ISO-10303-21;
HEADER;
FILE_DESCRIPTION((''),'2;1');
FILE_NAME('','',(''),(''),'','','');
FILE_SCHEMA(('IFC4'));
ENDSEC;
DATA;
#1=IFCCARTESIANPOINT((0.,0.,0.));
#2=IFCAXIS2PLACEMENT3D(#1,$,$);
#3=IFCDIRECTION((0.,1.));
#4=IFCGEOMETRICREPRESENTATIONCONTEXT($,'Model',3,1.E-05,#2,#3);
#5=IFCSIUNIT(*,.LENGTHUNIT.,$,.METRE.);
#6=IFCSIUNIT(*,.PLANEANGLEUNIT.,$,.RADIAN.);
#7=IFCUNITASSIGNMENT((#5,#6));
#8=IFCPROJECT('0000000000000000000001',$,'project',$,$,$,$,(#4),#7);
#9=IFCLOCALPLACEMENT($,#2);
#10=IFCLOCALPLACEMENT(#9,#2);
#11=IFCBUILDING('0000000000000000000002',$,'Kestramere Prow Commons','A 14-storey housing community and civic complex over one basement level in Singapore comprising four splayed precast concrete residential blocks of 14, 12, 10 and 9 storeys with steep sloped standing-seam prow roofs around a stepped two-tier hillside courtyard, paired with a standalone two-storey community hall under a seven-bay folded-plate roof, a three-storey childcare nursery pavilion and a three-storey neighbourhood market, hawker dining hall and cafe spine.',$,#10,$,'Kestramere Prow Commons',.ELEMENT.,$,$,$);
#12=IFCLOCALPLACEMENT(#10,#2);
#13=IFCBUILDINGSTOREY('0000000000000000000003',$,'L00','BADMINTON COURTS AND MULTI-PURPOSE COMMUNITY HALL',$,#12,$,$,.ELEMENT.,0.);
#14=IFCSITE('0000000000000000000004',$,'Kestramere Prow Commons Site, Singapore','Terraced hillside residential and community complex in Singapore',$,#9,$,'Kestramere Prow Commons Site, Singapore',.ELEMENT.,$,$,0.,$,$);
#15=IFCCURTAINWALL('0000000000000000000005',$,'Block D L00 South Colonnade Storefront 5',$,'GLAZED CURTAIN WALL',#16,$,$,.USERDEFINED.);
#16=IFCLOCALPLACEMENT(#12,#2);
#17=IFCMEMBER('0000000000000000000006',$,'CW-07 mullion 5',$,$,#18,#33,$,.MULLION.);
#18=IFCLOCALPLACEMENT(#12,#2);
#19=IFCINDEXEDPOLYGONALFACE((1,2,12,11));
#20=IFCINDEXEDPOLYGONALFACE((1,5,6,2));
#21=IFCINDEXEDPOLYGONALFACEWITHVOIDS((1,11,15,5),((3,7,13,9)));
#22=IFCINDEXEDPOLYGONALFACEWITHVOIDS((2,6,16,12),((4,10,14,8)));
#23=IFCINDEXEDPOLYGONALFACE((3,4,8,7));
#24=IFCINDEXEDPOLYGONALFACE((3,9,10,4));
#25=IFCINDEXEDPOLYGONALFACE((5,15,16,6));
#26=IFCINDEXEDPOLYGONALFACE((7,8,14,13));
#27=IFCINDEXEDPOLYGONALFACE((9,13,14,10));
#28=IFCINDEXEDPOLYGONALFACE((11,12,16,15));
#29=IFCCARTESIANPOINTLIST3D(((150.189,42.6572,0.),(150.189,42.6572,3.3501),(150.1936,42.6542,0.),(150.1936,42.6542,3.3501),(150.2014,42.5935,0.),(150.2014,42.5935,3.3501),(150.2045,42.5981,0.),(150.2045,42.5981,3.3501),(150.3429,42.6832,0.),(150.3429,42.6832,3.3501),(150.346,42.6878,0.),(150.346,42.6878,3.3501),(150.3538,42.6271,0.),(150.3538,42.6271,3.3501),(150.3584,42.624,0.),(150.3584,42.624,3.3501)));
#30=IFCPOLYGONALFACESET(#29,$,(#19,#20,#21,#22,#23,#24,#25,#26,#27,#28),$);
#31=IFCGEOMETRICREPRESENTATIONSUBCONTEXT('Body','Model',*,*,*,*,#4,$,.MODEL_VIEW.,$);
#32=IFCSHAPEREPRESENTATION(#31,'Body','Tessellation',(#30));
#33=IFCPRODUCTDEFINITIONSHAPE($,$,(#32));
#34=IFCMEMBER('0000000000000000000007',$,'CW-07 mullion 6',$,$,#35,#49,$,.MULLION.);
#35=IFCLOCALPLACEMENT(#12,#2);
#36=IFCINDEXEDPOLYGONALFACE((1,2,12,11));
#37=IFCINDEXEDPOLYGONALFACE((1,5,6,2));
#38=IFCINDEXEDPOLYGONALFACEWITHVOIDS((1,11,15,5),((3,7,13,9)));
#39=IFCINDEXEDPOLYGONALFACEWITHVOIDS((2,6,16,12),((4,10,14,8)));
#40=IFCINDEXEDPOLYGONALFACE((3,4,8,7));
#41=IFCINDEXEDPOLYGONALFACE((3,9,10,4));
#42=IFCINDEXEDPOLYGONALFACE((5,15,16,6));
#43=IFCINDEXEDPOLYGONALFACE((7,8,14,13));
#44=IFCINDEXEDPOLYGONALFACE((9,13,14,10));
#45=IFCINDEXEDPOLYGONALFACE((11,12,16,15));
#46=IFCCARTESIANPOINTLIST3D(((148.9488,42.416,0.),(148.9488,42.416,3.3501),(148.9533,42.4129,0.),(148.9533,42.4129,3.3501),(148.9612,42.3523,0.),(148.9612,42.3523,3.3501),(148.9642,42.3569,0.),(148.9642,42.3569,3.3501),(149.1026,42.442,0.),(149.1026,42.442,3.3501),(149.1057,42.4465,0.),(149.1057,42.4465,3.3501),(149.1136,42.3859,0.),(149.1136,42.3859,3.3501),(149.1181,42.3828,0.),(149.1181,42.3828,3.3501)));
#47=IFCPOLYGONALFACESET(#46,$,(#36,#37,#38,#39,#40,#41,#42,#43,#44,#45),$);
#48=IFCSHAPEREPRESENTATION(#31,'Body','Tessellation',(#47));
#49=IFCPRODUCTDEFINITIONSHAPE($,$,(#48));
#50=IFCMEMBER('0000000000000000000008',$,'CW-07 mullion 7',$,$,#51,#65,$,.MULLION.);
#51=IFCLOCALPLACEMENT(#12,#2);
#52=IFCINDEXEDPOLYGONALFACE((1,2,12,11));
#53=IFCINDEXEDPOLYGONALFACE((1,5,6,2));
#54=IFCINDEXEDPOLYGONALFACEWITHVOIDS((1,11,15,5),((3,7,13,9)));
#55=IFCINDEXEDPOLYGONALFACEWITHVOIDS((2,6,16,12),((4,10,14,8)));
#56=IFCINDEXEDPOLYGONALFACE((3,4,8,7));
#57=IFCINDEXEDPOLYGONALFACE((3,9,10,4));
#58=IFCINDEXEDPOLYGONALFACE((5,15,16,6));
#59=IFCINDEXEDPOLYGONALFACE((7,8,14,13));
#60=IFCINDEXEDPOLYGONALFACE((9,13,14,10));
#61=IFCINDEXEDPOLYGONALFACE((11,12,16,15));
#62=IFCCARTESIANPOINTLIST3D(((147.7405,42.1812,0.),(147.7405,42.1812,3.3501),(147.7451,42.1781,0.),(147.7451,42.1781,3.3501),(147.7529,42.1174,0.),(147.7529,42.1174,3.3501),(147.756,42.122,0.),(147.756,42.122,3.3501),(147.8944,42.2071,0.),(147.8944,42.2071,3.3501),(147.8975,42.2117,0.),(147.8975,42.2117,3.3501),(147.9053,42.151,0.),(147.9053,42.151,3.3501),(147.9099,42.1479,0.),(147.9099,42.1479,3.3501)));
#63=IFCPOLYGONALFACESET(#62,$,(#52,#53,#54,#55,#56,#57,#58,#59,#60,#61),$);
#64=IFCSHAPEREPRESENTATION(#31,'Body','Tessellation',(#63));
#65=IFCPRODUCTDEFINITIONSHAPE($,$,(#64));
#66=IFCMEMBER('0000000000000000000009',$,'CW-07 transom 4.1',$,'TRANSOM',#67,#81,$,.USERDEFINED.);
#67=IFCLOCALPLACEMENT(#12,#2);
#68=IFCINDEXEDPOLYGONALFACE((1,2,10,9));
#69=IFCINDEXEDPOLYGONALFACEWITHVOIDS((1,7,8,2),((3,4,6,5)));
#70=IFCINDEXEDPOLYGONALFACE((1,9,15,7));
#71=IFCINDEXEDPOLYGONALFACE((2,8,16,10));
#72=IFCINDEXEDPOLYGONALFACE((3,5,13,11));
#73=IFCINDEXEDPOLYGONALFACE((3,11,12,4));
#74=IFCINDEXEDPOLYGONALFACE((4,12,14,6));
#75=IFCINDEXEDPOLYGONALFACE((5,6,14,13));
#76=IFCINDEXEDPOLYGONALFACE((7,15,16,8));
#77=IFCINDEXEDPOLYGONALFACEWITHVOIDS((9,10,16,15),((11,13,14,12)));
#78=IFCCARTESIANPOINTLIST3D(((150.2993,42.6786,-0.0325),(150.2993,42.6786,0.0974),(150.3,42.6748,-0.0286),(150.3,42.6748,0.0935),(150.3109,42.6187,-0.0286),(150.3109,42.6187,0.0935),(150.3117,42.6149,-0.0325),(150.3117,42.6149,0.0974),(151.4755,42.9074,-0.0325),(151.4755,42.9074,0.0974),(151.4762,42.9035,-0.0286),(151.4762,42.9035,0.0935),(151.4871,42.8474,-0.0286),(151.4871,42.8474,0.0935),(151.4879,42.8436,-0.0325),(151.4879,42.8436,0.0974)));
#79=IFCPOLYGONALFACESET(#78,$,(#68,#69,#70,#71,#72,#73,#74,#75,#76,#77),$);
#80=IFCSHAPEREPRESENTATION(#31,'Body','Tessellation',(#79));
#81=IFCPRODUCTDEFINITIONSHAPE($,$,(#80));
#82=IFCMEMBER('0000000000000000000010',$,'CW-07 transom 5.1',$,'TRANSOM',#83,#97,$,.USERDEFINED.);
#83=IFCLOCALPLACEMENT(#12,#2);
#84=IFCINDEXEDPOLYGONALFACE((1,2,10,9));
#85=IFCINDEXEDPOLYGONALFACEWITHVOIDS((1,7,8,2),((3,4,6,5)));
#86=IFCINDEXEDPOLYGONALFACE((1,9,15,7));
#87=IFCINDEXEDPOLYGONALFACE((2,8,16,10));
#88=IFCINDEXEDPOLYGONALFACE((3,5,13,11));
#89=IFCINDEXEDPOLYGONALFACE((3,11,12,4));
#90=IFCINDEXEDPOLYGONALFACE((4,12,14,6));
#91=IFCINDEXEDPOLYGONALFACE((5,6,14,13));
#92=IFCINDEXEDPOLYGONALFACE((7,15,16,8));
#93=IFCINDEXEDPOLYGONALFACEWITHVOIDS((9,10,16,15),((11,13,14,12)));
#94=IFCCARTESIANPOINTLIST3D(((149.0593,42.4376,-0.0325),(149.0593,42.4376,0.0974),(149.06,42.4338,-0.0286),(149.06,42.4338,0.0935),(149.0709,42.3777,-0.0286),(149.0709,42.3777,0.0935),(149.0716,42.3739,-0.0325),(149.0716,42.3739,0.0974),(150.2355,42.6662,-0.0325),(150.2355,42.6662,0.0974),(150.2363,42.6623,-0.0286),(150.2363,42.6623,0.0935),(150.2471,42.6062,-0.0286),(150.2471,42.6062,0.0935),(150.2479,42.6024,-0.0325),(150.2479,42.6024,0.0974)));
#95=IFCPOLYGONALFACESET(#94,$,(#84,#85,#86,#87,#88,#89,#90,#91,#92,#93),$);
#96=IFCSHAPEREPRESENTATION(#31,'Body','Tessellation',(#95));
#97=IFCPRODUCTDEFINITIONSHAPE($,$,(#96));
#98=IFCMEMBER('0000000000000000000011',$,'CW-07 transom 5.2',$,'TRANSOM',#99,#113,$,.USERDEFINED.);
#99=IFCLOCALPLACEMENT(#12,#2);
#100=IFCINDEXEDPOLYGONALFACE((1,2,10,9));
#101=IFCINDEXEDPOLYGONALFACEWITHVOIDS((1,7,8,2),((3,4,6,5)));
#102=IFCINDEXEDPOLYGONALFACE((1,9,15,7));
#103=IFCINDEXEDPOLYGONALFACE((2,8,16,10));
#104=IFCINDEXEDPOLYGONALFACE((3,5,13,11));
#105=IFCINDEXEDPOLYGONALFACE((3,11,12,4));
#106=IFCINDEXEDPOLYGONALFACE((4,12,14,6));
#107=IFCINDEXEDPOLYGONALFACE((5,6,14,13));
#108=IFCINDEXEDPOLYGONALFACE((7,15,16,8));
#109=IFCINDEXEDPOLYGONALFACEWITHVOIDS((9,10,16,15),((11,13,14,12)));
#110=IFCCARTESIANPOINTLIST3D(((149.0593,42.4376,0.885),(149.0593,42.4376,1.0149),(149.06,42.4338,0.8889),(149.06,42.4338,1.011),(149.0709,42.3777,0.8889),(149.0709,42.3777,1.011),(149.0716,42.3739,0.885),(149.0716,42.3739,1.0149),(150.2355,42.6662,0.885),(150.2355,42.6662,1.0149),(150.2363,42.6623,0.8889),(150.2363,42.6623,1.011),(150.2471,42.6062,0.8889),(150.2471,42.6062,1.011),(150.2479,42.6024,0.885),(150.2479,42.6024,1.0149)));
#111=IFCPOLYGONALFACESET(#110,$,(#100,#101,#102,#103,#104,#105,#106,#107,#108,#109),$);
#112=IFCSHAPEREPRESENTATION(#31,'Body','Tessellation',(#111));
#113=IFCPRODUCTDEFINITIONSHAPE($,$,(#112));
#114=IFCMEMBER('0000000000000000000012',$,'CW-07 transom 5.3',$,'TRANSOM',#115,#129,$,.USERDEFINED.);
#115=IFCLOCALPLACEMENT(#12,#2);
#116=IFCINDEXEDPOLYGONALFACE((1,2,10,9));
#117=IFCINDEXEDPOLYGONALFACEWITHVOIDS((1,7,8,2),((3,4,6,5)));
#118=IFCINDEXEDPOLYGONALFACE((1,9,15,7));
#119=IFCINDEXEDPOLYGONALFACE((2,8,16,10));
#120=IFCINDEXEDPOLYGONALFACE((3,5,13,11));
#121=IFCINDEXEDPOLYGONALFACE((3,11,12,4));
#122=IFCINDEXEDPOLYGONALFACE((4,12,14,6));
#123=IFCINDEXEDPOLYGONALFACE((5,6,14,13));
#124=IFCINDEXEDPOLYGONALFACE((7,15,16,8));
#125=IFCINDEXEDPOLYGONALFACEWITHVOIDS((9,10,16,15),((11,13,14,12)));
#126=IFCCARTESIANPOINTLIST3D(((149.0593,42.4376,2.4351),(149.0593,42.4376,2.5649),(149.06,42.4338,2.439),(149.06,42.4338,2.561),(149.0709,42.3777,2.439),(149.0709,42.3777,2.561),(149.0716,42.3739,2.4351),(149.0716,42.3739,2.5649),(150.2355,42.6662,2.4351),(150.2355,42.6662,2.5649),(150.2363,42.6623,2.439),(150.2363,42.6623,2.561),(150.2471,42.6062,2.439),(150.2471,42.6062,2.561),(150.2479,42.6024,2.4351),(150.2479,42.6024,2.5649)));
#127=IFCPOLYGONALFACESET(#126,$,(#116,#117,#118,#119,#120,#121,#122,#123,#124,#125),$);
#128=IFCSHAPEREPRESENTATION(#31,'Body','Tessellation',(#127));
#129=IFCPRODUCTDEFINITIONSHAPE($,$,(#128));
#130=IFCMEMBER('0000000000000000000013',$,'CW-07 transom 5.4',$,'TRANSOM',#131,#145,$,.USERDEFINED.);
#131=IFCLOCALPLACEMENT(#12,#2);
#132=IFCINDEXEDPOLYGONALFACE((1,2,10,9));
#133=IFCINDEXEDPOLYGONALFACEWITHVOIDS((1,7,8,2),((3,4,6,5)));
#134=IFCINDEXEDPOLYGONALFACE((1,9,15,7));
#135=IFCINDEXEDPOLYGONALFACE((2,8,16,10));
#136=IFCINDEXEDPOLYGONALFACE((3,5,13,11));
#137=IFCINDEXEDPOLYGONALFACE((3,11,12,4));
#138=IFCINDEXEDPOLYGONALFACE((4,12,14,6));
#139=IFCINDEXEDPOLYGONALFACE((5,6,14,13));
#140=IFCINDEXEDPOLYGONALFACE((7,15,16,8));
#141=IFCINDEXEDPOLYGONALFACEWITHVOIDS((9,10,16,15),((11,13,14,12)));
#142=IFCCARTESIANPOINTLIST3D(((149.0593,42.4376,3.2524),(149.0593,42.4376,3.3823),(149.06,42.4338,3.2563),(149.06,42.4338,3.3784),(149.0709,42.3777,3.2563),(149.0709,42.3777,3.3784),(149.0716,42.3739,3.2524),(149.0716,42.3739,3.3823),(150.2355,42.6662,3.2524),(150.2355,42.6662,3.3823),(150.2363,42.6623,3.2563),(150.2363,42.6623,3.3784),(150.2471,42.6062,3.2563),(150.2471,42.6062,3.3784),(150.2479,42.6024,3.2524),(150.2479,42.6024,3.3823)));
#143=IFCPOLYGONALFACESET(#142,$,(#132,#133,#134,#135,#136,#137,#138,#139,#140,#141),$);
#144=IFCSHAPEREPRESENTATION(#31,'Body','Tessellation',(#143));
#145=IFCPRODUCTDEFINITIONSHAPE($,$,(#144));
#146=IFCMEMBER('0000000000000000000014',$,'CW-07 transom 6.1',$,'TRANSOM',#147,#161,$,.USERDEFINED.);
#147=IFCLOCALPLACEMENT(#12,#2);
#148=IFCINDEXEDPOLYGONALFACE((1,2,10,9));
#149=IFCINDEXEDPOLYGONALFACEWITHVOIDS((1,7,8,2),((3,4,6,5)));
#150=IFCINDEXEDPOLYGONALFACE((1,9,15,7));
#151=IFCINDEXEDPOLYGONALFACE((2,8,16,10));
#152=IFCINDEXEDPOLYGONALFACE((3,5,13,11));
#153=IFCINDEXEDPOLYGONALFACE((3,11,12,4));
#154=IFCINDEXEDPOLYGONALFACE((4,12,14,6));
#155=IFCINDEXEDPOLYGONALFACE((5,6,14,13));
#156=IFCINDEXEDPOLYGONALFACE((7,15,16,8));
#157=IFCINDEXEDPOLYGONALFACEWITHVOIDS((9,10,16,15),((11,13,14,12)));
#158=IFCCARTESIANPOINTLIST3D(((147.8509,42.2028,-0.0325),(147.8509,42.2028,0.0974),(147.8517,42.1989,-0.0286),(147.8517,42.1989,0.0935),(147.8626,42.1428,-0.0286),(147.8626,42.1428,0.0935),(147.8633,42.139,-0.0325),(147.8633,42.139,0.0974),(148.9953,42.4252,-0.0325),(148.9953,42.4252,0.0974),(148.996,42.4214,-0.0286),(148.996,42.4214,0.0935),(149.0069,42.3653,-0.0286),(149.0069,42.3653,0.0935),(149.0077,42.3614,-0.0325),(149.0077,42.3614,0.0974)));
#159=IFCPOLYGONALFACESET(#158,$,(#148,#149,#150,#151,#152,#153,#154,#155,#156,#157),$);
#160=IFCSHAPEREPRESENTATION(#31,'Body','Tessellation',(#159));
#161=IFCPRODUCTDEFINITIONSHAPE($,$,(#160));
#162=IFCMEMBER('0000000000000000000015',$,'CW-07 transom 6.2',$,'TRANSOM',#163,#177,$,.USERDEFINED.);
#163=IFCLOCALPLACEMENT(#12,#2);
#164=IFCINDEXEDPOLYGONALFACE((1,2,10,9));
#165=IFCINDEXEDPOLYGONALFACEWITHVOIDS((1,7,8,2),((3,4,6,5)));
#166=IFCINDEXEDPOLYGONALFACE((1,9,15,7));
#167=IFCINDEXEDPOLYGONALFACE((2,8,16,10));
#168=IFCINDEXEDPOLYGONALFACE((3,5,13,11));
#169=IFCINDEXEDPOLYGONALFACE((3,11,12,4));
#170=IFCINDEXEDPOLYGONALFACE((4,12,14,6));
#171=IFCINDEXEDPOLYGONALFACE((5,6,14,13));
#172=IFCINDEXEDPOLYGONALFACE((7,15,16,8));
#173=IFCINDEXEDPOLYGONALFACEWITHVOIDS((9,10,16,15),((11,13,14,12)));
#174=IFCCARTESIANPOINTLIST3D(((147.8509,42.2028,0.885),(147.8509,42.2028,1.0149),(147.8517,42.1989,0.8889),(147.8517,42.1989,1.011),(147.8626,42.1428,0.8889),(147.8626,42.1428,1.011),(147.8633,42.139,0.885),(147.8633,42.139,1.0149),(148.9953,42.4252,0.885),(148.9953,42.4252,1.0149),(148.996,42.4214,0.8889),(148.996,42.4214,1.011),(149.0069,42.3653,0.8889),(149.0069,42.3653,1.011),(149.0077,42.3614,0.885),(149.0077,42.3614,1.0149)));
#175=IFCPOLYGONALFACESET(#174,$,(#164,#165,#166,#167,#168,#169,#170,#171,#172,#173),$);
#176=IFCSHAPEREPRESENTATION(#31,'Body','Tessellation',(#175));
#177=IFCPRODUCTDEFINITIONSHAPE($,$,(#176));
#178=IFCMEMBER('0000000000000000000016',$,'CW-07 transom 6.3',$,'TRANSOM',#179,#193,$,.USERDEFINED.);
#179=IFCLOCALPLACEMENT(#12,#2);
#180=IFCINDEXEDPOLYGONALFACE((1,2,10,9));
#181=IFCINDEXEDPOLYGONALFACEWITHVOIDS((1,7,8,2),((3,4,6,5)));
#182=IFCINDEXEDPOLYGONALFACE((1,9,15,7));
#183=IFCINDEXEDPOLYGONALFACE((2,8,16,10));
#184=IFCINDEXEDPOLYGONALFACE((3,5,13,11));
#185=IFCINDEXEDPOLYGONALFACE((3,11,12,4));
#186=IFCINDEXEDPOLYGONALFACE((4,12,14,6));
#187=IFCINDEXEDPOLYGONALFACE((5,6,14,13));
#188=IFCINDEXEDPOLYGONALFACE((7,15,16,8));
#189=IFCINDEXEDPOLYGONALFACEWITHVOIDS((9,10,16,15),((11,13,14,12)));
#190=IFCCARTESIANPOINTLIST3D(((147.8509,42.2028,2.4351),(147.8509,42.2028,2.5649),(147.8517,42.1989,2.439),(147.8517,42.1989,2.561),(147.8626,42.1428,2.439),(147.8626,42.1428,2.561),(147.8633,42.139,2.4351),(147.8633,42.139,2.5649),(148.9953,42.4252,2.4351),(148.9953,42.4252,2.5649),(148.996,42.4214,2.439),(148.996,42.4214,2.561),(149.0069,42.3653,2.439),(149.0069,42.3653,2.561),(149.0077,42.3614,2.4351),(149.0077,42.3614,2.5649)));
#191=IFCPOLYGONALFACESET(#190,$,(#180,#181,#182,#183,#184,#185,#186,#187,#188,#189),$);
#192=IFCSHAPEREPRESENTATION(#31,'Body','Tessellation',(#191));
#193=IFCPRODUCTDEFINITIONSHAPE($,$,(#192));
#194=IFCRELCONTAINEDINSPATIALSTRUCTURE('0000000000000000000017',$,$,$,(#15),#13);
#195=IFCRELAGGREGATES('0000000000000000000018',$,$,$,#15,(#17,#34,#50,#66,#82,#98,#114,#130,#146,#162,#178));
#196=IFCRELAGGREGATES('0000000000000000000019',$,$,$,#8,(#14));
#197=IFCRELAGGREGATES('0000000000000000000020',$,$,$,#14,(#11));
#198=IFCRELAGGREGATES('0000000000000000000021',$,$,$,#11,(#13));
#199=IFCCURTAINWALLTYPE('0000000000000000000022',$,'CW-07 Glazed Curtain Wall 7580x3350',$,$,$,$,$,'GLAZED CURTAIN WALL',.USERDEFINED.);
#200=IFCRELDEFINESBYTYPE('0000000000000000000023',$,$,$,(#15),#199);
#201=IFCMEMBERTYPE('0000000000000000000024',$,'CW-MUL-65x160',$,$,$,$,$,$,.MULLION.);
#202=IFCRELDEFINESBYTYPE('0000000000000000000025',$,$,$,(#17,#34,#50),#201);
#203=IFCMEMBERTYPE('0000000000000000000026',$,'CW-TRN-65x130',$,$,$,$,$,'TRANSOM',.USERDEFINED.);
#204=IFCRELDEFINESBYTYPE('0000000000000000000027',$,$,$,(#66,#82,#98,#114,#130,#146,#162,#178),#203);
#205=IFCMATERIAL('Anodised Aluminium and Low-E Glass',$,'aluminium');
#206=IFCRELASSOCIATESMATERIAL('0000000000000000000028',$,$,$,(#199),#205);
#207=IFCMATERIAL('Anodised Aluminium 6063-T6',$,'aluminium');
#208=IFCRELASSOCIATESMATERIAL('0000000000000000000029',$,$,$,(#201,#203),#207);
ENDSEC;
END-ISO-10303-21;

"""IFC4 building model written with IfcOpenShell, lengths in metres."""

from ifc_helpers import new_model, si_unit, direction, frame, origin, origin_2d, place, context, subcontext, project, spatial, hollow_rectangle, extrude, material, material_profile, profile_set, type_object, element, aggregate, save


model = new_model("IFC4")

# Units and contexts
model_context = context("Model", 3, precision=1e-05, world=origin(), true_north=direction((0.0, 1.0)))
body_context = subcontext(model_context, "Body", "Model", "MODEL_VIEW")
ifc_project = project(units=[si_unit("LENGTHUNIT", "METRE"), si_unit("PLANEANGLEUNIT", "RADIAN")], contexts=[model_context])

# Site, building, storey
site_placement = place(None, origin())
site = spatial("IfcSite", under=ifc_project, at=site_placement, Name="Kestramere Prow Commons Site, Singapore", Description="Terraced hillside residential and community complex in Singapore", LongName="Kestramere Prow Commons Site, Singapore", CompositionType="ELEMENT", RefElevation=0.0)
building_placement = place(site_placement, origin())
building = spatial("IfcBuilding", under=site, at=building_placement, Name="Kestramere Prow Commons", Description="A 14-storey housing community and civic complex over one basement level in Singapore comprising four splayed precast concrete residential blocks of 14, 12, 10 and 9 storeys with steep sloped standing-seam prow roofs around a stepped two-tier hillside courtyard, paired with a standalone two-storey community hall under a seven-bay folded-plate roof, a three-storey childcare nursery pavilion and a three-storey neighbourhood market, hawker dining hall and cafe spine.", LongName="Kestramere Prow Commons", CompositionType="ELEMENT")
storey_placement = place(building_placement, origin())
storey = spatial("IfcBuildingStorey", under=building, at=storey_placement, Name="L00", Description="BADMINTON COURTS AND MULTI-PURPOSE COMMUNITY HALL", CompositionType="ELEMENT", Elevation=0.0)

# Curtain wall, members
ifc_material_1 = material(Name="Anodised Aluminium and Low-E Glass", Category="aluminium")
curtain_wall_type = type_object("IfcCurtainWallType", Name="CW-07 Glazed Curtain Wall 7580x3350", ElementType="GLAZED CURTAIN WALL", PredefinedType="USERDEFINED", material=ifc_material_1)
curtain_wall_placement = place(storey_placement, origin())
curtain_wall = element("IfcCurtainWall", 1, at=curtain_wall_placement, inside=storey, type_object=curtain_wall_type, Name="Block D L00 South Colonnade Storefront 5", ObjectType="GLAZED CURTAIN WALL", PredefinedType="USERDEFINED")
ifc_material_2 = material(Name="Anodised Aluminium 6063-T6", Category="aluminium")
ifc_material_profile_1 = material_profile(ifc_material_2, hollow_rectangle(XDim=0.0649, YDim=0.1599, WallThickness=0.0039, at=origin_2d()), Name="ALU-MUL 65x160")
ifc_profile_set_1 = profile_set([ifc_material_profile_1], Name="Anodised Aluminium 6063-T6")
member_type_1 = type_object("IfcMemberType", Name="CW-MUL-65x160", PredefinedType="MULLION", material=ifc_profile_set_1)
member_1_placement = place(storey_placement, frame((150.2737, 42.6406, 0.0), z_axis=(0.0, 0.0, 1.0), x_axis=(0.190809, -0.981627, 0.0)))
member_1 = element("IfcMember", 2, at=member_1_placement, type_object=member_type_1, Name="CW-07 mullion 5", PredefinedType="MULLION", context=body_context, shape_type="SweptSolid", body=[
    extrude(hollow_rectangle(XDim=0.0649, YDim=0.1599, WallThickness=0.0039, at=origin_2d()), origin(), (0.0, 0.0, 1.0), 3.3501),
])
member_2_placement = place(storey_placement, frame((149.0334, 42.3994, 0.0), z_axis=(0.0, 0.0, 1.0), x_axis=(0.190809, -0.981627, 0.0)))
member_2 = element("IfcMember", 3, at=member_2_placement, type_object=member_type_1, Name="CW-07 mullion 6", PredefinedType="MULLION", context=body_context, shape_type="SweptSolid", body=[
    extrude(hollow_rectangle(XDim=0.0649, YDim=0.1599, WallThickness=0.0039, at=origin_2d()), origin(), (0.0, 0.0, 1.0), 3.3501),
])
member_3_placement = place(storey_placement, frame((147.8252, 42.1646, 0.0), z_axis=(0.0, 0.0, 1.0), x_axis=(0.190809, -0.981627, 0.0)))
member_3 = element("IfcMember", 4, at=member_3_placement, type_object=member_type_1, Name="CW-07 mullion 7", PredefinedType="MULLION", context=body_context, shape_type="SweptSolid", body=[
    extrude(hollow_rectangle(XDim=0.0649, YDim=0.1599, WallThickness=0.0039, at=origin_2d()), origin(), (0.0, 0.0, 1.0), 3.3501),
])
ifc_material_profile_2 = material_profile(ifc_material_2, hollow_rectangle(XDim=0.0649, YDim=0.1299, WallThickness=0.0039, at=origin_2d()), Name="ALU-TRN 65x130")
ifc_profile_set_2 = profile_set([ifc_material_profile_2], Name="Anodised Aluminium 6063-T6")
member_type_2 = type_object("IfcMemberType", Name="CW-TRN-65x130", ElementType="TRANSOM", PredefinedType="USERDEFINED", material=ifc_profile_set_2)
member_4_placement = place(storey_placement, frame((151.4817, 42.8755, 0.0325), z_axis=(-0.981609, -0.190902, 0.0), x_axis=(0.190902, -0.981609, 0.0)))
member_4 = element("IfcMember", 5, at=member_4_placement, type_object=member_type_2, Name="CW-07 transom 4.1", ObjectType="TRANSOM", PredefinedType="USERDEFINED", context=body_context, shape_type="SweptSolid", body=[
    extrude(hollow_rectangle(XDim=0.0649, YDim=0.1299, WallThickness=0.0039, at=origin_2d()), origin(), (0.0, 0.0, 1.0), 1.1982),
])
member_5_placement = place(storey_placement, frame((150.2417, 42.6343, 0.0325), z_axis=(-0.981647, -0.190706, 0.0), x_axis=(0.190706, -0.981647, 0.0)))
member_5 = element("IfcMember", 6, at=member_5_placement, type_object=member_type_2, Name="CW-07 transom 5.1", ObjectType="TRANSOM", PredefinedType="USERDEFINED", context=body_context, shape_type="SweptSolid", body=[
    extrude(hollow_rectangle(XDim=0.0649, YDim=0.1299, WallThickness=0.0039, at=origin_2d()), origin(), (0.0, 0.0, 1.0), 1.1982),
])
member_6_placement = place(storey_placement, frame((150.2417, 42.6343, 0.95), z_axis=(-0.981647, -0.190706, 0.0), x_axis=(0.190706, -0.981647, 0.0)))
member_6 = element("IfcMember", 7, at=member_6_placement, type_object=member_type_2, Name="CW-07 transom 5.2", ObjectType="TRANSOM", PredefinedType="USERDEFINED", context=body_context, shape_type="SweptSolid", body=[
    extrude(hollow_rectangle(XDim=0.0649, YDim=0.1299, WallThickness=0.0039, at=origin_2d()), origin(), (0.0, 0.0, 1.0), 1.1982),
])
member_7_placement = place(storey_placement, frame((150.2417, 42.6343, 2.5), z_axis=(-0.981647, -0.190706, 0.0), x_axis=(0.190706, -0.981647, 0.0)))
member_7 = element("IfcMember", 8, at=member_7_placement, type_object=member_type_2, Name="CW-07 transom 5.3", ObjectType="TRANSOM", PredefinedType="USERDEFINED", context=body_context, shape_type="SweptSolid", body=[
    extrude(hollow_rectangle(XDim=0.0649, YDim=0.1299, WallThickness=0.0039, at=origin_2d()), origin(), (0.0, 0.0, 1.0), 1.1982),
])
member_8_placement = place(storey_placement, frame((150.2417, 42.6343, 3.3174), z_axis=(-0.981647, -0.190706, 0.0), x_axis=(0.190706, -0.981647, 0.0)))
member_8 = element("IfcMember", 9, at=member_8_placement, type_object=member_type_2, Name="CW-07 transom 5.4", ObjectType="TRANSOM", PredefinedType="USERDEFINED", context=body_context, shape_type="SweptSolid", body=[
    extrude(hollow_rectangle(XDim=0.0649, YDim=0.1299, WallThickness=0.0039, at=origin_2d()), origin(), (0.0, 0.0, 1.0), 1.1982),
])
member_9_placement = place(storey_placement, frame((149.0015, 42.3933, 0.0325), z_axis=(-0.98163, -0.190797, 0.0), x_axis=(0.190797, -0.98163, 0.0)))
member_9 = element("IfcMember", 10, at=member_9_placement, type_object=member_type_2, Name="CW-07 transom 6.1", ObjectType="TRANSOM", PredefinedType="USERDEFINED", context=body_context, shape_type="SweptSolid", body=[
    extrude(hollow_rectangle(XDim=0.0649, YDim=0.1299, WallThickness=0.0039, at=origin_2d()), origin(), (0.0, 0.0, 1.0), 1.1658),
])
member_10_placement = place(storey_placement, frame((149.0015, 42.3933, 0.95), z_axis=(-0.98163, -0.190797, 0.0), x_axis=(0.190797, -0.98163, 0.0)))
member_10 = element("IfcMember", 11, at=member_10_placement, type_object=member_type_2, Name="CW-07 transom 6.2", ObjectType="TRANSOM", PredefinedType="USERDEFINED", context=body_context, shape_type="SweptSolid", body=[
    extrude(hollow_rectangle(XDim=0.0649, YDim=0.1299, WallThickness=0.0039, at=origin_2d()), origin(), (0.0, 0.0, 1.0), 1.1658),
])
member_11_placement = place(storey_placement, frame((149.0015, 42.3933, 2.5), z_axis=(-0.98163, -0.190797, 0.0), x_axis=(0.190797, -0.98163, 0.0)))
member_11 = element("IfcMember", 12, at=member_11_placement, type_object=member_type_2, Name="CW-07 transom 6.3", ObjectType="TRANSOM", PredefinedType="USERDEFINED", context=body_context, shape_type="SweptSolid", body=[
    extrude(hollow_rectangle(XDim=0.0649, YDim=0.1299, WallThickness=0.0039, at=origin_2d()), origin(), (0.0, 0.0, 1.0), 1.1658),
])

aggregate(curtain_wall, [member_1, member_2, member_3, member_4, member_5, member_6, member_7, member_8, member_9, member_10, member_11])

save(model, "model.ifc")
